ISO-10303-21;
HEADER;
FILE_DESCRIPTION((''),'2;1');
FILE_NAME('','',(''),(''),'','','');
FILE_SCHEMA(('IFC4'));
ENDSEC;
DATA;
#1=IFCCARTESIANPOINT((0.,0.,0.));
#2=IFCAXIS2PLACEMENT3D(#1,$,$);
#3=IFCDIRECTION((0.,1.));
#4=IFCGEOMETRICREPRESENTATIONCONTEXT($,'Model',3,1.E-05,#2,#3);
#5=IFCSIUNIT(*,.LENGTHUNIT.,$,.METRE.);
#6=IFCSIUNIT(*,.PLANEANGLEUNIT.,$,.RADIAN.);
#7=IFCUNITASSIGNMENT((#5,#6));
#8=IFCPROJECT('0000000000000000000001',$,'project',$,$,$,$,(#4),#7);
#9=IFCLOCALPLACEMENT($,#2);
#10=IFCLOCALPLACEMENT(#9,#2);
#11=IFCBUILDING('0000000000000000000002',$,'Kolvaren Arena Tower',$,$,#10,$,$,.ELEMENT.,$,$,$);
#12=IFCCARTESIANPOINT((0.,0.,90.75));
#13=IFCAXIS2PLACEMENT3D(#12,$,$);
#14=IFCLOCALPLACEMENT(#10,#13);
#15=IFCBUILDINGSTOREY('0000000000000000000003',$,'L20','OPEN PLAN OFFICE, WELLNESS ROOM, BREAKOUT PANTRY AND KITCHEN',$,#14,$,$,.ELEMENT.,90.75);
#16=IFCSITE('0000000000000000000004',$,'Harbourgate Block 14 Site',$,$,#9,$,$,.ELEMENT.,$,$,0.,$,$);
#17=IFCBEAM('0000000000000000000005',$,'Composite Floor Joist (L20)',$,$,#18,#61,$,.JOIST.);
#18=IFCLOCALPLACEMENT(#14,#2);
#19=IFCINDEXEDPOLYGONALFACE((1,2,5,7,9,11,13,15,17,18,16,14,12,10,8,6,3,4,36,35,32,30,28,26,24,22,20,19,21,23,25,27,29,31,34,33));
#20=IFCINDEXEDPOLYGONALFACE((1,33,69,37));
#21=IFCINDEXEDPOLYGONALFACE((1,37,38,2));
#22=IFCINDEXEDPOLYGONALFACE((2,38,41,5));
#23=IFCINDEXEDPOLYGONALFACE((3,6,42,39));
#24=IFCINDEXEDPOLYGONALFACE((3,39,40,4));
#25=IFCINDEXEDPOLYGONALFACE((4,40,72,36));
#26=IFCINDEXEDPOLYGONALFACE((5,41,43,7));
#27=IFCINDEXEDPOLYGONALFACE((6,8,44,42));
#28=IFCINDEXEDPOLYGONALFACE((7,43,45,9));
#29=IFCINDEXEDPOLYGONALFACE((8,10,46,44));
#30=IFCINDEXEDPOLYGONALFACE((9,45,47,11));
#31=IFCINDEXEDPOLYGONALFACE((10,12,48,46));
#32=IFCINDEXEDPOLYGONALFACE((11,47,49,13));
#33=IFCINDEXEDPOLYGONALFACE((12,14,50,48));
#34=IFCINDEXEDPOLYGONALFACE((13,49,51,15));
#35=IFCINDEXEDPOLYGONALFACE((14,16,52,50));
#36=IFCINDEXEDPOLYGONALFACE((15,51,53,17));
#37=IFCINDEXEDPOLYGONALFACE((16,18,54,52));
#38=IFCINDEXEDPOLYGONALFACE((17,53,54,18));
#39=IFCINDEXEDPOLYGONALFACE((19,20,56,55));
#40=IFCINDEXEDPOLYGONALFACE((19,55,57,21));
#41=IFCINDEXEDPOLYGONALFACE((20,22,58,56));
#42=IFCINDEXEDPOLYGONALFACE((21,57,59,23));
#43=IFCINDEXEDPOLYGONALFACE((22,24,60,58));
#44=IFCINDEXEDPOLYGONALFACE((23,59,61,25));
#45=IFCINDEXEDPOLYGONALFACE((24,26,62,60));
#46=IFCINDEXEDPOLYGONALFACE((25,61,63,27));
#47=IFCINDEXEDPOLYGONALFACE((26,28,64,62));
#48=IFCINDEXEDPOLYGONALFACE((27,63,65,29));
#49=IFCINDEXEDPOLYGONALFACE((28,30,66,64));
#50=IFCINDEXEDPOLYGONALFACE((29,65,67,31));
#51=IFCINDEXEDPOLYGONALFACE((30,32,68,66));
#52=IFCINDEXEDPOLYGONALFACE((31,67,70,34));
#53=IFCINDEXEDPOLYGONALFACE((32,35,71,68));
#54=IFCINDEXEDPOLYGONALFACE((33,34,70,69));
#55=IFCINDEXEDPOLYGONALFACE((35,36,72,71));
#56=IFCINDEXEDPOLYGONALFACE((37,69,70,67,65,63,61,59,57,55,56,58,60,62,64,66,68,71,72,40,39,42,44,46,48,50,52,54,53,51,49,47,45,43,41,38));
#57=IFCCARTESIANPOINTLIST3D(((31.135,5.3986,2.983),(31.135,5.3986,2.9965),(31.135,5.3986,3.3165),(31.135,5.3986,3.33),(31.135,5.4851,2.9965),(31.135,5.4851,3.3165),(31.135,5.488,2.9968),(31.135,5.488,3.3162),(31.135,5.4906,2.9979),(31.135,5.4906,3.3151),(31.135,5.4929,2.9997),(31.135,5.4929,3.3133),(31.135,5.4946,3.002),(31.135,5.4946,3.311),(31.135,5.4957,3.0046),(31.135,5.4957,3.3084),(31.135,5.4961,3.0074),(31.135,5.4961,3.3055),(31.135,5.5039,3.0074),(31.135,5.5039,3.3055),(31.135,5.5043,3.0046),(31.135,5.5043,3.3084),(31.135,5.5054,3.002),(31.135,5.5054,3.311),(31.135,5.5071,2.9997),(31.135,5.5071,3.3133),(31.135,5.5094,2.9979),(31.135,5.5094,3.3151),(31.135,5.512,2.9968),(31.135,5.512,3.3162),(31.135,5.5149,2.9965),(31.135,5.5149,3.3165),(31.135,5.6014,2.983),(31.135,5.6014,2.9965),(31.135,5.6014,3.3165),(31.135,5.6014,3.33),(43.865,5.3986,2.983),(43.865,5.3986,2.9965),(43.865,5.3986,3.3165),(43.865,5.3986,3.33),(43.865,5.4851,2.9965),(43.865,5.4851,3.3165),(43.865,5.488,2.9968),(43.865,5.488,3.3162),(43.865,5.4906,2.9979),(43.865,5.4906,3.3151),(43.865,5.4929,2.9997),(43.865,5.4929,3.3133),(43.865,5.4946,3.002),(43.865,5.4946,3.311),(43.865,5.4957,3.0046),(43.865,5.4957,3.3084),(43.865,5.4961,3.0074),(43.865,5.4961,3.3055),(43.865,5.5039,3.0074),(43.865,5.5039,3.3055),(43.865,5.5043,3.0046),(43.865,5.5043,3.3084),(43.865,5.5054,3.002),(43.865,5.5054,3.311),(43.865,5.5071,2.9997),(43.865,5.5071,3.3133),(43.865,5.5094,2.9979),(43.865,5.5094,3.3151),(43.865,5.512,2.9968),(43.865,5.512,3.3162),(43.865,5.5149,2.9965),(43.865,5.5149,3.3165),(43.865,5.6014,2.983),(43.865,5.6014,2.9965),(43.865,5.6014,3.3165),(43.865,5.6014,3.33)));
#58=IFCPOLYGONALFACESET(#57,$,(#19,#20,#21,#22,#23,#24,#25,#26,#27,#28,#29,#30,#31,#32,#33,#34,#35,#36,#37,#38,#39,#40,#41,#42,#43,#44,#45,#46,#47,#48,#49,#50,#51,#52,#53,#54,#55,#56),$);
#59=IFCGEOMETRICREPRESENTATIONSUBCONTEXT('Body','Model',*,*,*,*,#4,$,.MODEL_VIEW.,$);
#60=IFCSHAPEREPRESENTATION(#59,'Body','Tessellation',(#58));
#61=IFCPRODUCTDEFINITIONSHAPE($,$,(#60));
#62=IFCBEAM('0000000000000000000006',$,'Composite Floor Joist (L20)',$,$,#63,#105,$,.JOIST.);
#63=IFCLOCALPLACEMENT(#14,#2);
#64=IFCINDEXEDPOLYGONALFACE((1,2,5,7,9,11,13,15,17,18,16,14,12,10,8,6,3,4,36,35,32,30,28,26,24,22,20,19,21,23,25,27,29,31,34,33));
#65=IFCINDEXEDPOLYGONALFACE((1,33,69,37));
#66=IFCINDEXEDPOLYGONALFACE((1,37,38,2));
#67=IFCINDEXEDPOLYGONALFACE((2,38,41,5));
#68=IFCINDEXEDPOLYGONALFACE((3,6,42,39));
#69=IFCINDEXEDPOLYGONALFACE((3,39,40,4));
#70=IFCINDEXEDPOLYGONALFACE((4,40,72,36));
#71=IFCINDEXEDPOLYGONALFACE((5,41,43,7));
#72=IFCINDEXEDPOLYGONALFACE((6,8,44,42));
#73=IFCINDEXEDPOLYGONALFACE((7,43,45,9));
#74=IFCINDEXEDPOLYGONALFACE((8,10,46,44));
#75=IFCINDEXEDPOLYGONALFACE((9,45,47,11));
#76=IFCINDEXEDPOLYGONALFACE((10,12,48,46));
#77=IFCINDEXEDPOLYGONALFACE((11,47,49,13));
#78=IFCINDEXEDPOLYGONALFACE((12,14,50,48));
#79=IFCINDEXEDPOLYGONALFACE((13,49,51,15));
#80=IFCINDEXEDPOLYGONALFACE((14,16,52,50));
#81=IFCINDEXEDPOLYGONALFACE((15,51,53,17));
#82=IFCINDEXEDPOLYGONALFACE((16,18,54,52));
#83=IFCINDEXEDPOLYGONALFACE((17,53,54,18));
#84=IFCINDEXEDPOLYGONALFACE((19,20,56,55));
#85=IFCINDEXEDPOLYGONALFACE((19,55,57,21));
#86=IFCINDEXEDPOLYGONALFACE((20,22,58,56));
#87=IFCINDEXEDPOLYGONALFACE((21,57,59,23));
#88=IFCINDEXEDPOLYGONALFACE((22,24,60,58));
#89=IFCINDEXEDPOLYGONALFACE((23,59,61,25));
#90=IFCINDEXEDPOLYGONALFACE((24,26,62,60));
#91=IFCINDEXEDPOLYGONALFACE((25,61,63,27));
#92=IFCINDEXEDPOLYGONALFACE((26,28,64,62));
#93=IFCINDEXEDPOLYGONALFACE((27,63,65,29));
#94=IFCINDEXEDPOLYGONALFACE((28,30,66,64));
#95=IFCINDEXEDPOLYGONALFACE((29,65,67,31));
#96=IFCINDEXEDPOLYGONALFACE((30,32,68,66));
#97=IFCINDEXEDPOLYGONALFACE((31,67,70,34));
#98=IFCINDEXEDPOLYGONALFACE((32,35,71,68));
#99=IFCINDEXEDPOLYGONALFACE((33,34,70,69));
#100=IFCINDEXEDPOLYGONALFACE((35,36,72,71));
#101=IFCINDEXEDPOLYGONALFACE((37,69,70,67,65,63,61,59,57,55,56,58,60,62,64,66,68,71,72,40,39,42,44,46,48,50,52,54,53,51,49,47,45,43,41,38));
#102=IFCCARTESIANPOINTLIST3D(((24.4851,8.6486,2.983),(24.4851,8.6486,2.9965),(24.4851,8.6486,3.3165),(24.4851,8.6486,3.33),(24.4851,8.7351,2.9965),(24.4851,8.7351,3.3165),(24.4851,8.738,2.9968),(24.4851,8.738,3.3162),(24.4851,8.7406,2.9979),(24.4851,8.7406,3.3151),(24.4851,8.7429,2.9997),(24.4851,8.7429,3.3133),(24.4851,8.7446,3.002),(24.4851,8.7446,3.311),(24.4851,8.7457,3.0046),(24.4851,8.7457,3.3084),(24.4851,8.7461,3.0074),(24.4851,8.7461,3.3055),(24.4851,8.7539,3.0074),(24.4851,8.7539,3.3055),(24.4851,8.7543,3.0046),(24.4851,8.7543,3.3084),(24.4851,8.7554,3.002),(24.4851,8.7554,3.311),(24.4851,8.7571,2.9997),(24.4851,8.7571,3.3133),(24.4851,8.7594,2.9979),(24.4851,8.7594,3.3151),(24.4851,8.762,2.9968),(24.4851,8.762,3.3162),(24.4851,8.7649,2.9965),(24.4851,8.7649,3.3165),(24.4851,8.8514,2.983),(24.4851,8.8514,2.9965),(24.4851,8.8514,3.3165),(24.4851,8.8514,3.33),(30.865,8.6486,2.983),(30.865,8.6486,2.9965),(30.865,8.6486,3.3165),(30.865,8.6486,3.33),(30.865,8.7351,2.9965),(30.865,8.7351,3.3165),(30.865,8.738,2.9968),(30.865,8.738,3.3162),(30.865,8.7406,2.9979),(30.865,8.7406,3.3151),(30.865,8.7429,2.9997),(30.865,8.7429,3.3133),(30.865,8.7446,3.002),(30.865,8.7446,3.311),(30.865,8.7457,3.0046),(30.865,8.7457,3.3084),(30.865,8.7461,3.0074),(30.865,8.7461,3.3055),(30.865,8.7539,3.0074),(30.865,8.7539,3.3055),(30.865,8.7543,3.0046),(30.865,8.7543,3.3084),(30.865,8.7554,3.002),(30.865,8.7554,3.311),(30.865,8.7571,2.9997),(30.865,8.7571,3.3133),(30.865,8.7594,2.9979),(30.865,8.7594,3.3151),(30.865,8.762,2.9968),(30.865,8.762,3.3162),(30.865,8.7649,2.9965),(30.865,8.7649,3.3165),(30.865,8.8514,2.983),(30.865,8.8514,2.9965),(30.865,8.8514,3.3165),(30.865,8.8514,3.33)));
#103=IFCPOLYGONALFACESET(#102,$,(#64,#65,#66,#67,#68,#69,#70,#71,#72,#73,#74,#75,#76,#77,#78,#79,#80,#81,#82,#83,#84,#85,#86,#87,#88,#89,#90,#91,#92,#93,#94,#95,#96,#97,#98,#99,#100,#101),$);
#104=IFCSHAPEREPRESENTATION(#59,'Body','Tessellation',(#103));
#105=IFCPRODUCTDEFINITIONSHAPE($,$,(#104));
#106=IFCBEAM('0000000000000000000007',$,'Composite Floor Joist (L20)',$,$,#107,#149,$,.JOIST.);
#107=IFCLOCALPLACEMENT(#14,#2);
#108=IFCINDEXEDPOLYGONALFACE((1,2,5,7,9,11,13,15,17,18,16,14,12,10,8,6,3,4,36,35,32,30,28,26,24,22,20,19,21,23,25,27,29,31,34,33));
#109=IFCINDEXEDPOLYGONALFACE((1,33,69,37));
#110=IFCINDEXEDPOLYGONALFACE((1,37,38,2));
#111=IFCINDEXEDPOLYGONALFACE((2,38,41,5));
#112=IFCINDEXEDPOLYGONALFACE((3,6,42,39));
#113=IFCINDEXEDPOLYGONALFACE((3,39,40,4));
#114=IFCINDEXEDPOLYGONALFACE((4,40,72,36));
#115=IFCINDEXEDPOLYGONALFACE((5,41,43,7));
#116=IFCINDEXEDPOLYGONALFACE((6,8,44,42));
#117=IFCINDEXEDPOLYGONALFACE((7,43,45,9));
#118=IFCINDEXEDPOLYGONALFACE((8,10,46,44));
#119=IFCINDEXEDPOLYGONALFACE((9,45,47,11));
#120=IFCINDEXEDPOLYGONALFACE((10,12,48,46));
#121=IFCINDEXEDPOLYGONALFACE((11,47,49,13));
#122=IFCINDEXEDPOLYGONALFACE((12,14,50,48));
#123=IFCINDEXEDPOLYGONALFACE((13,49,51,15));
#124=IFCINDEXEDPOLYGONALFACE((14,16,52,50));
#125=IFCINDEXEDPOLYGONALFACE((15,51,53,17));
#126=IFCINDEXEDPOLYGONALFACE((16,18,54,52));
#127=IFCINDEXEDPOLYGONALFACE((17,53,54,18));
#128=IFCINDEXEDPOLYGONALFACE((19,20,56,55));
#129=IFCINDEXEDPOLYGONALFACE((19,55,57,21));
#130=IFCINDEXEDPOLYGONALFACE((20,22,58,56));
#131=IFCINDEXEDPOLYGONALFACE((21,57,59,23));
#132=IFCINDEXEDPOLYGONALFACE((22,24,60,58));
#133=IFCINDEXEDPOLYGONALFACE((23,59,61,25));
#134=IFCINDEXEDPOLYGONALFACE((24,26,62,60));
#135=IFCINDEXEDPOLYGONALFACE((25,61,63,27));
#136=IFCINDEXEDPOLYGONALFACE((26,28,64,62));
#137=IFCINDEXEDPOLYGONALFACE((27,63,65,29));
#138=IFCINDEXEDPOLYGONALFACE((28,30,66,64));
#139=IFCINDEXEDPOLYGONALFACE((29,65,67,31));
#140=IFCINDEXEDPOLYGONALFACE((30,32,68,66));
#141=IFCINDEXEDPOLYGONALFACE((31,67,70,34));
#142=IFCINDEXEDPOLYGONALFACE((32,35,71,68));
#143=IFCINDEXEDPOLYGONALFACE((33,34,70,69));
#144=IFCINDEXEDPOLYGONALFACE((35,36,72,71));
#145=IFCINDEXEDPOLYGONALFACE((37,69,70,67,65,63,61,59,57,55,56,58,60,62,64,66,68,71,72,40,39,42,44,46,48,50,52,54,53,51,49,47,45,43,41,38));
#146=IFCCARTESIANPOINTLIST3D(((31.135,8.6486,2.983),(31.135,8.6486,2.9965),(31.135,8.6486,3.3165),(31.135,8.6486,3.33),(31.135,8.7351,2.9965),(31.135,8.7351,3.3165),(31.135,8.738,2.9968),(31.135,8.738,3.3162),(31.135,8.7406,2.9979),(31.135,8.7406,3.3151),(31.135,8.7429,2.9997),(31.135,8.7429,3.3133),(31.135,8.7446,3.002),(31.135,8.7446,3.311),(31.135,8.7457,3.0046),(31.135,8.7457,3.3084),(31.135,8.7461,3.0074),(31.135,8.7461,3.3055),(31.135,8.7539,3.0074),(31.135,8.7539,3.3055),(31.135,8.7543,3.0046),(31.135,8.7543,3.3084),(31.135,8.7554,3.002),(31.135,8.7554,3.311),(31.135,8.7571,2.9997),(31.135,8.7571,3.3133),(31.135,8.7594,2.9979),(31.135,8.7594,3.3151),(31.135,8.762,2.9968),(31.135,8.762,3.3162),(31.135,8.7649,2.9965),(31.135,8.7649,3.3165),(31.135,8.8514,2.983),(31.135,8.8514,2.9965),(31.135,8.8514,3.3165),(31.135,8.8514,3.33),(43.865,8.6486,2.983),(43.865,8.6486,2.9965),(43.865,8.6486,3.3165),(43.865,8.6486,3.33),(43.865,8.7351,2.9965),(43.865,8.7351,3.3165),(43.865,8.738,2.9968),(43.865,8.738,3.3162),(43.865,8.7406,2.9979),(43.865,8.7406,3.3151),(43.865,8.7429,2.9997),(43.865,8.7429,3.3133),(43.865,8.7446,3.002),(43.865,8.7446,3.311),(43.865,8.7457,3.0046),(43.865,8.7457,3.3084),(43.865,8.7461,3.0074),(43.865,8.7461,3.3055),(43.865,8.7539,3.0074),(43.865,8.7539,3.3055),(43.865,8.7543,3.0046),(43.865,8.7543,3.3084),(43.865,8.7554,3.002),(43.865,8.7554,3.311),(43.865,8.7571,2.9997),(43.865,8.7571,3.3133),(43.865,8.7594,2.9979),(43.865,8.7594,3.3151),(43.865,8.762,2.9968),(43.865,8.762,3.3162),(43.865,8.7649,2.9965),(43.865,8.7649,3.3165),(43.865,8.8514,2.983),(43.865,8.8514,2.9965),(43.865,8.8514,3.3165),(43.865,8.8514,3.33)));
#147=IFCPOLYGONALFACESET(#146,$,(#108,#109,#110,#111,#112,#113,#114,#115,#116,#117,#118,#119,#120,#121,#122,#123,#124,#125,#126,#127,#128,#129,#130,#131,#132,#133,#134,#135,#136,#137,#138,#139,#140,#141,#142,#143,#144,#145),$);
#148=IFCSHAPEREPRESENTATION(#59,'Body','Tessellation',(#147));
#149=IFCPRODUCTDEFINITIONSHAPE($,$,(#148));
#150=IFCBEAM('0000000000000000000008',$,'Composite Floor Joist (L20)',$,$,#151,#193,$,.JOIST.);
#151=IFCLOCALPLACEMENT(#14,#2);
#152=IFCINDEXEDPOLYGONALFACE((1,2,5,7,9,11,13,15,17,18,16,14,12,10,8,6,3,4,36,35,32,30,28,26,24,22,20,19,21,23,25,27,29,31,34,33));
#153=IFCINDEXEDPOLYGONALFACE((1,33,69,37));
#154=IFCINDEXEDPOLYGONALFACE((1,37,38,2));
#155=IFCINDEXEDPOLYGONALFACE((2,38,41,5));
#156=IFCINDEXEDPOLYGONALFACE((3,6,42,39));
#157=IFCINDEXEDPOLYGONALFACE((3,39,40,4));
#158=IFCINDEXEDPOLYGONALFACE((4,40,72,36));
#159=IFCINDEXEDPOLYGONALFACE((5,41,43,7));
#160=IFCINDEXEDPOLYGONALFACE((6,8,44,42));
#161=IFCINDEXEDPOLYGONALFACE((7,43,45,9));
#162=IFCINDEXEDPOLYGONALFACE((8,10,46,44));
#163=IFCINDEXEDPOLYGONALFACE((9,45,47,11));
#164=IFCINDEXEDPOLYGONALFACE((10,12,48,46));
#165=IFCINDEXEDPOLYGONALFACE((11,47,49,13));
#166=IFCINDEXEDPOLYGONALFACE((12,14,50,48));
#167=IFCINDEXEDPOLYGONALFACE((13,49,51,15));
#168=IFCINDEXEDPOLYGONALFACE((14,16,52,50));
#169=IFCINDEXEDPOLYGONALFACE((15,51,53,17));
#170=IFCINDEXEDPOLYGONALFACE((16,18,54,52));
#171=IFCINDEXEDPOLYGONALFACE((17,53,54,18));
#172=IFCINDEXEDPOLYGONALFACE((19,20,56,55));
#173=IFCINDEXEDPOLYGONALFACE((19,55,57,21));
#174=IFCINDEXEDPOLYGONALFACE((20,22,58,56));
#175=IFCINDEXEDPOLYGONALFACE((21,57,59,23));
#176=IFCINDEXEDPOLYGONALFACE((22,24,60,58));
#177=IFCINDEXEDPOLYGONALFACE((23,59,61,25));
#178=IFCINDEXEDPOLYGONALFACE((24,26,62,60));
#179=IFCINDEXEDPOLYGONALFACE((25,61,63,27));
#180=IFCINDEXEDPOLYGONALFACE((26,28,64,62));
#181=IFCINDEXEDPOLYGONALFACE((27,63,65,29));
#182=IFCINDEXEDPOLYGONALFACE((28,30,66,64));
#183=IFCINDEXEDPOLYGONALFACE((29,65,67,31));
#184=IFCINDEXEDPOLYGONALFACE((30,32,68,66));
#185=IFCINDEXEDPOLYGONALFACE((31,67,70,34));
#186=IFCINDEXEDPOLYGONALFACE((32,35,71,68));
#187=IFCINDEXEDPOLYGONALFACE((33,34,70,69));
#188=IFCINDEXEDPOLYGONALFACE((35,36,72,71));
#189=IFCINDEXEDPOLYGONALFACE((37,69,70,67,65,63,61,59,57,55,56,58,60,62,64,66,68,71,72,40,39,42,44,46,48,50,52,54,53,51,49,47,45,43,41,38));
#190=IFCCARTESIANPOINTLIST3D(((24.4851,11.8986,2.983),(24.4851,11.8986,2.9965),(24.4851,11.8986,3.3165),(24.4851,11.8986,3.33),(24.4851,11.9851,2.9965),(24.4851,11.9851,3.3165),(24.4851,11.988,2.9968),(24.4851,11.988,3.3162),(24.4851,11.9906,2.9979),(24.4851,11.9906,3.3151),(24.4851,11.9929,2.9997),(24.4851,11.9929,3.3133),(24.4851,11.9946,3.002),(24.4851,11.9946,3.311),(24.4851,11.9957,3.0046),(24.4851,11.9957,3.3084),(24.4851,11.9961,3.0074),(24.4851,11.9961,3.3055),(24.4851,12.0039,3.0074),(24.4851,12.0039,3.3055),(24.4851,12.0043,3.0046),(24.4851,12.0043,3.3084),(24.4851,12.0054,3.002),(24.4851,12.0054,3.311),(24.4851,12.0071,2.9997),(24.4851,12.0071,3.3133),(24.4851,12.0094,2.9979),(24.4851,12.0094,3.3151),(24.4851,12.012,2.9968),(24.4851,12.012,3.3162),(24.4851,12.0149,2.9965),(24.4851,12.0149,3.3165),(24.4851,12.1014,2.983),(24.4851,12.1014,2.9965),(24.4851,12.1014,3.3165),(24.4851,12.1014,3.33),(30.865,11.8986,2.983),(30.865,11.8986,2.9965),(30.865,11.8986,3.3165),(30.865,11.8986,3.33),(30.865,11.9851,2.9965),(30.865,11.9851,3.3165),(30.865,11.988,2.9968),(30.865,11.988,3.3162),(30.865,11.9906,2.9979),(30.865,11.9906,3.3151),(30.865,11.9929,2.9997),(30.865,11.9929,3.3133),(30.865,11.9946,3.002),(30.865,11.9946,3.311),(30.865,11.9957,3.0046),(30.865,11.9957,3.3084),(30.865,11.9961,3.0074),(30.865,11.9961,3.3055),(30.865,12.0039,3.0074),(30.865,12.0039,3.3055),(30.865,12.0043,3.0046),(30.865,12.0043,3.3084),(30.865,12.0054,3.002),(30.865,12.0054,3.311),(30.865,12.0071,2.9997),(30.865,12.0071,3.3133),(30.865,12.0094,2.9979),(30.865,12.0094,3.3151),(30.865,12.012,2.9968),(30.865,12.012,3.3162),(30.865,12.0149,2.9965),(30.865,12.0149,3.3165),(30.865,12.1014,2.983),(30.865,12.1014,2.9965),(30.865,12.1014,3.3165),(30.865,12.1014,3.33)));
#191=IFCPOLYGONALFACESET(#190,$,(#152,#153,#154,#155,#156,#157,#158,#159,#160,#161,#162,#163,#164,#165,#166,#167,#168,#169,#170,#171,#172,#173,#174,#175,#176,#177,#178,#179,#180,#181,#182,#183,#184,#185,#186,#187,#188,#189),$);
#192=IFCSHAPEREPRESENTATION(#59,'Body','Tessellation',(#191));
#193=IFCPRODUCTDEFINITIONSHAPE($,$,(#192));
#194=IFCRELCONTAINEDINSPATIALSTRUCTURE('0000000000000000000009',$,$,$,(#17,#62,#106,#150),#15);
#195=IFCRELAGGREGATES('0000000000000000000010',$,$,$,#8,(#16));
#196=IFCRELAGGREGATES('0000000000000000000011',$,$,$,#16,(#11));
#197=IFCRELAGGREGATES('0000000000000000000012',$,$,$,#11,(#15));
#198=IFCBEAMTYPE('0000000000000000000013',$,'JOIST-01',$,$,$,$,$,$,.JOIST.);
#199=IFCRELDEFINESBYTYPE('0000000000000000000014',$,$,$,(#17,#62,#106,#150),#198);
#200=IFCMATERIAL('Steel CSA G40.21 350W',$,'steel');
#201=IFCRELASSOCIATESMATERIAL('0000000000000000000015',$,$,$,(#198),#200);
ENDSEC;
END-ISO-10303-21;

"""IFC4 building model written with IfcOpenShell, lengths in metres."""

from ifc_helpers import new_model, si_unit, direction, frame, origin, origin_2d, place, context, subcontext, project, spatial, i_section, extrude, material, material_profile, profile_set, type_object, element, save


model = new_model("IFC4")

# Units and contexts
model_context = context("Model", 3, precision=1e-05, world=origin(), true_north=direction((0.0, 1.0)))
body_context = subcontext(model_context, "Body", "Model", "MODEL_VIEW")
ifc_project = project(units=[si_unit("LENGTHUNIT", "METRE"), si_unit("PLANEANGLEUNIT", "RADIAN")], contexts=[model_context])

# Site, building, storey
site_placement = place(None, origin())
site = spatial("IfcSite", under=ifc_project, at=site_placement, Name="Harbourgate Block 14 Site", CompositionType="ELEMENT", RefElevation=0.0)
building_placement = place(site_placement, origin())
building = spatial("IfcBuilding", under=site, at=building_placement, Name="Kolvaren Arena Tower", CompositionType="ELEMENT")
storey_placement = place(building_placement, frame((0.0, 0.0, 90.75)))
storey = spatial("IfcBuildingStorey", under=building, at=storey_placement, Name="L20", Description="OPEN PLAN OFFICE, WELLNESS ROOM, BREAKOUT PANTRY AND KITCHEN", CompositionType="ELEMENT", Elevation=90.75)

# Beams
ifc_material_1 = material(Name="Steel CSA G40.21 350W", Category="steel")
ifc_material_profile_1 = material_profile(ifc_material_1, i_section(OverallWidth=0.2029, OverallDepth=0.3469, WebThickness=0.0078, FlangeThickness=0.0134, FilletRadius=0.011, at=origin_2d()), Name="W360x64")
ifc_profile_set_1 = profile_set([ifc_material_profile_1], Name="Steel CSA G40.21 350W")
beam_type_1 = type_object("IfcBeamType", Name="JOIST-01", PredefinedType="JOIST", material=ifc_profile_set_1)
beam_1_placement = place(storey_placement, frame((31.135, 5.5, 3.1565), z_axis=(1.0, 0.0, 0.0), x_axis=(0.0, 1.0, 0.0)))
element("IfcBeam", 1, at=beam_1_placement, inside=storey, type_object=beam_type_1, Name="Composite Floor Joist (L20)", PredefinedType="JOIST", context=body_context, shape_type="SweptSolid", body=[
    extrude(i_section(OverallWidth=0.2029, OverallDepth=0.3469, WebThickness=0.0078, FlangeThickness=0.0134, FilletRadius=0.011, at=origin_2d()), origin(), (0.0, 0.0, 1.0), 12.73),
])
beam_2_placement = place(storey_placement, frame((24.4851, 8.75, 3.1565), z_axis=(1.0, 0.0, 0.0), x_axis=(0.0, 1.0, 0.0)))
element("IfcBeam", 2, at=beam_2_placement, inside=storey, type_object=beam_type_1, Name="Composite Floor Joist (L20)", PredefinedType="JOIST", context=body_context, shape_type="SweptSolid", body=[
    extrude(i_section(OverallWidth=0.2029, OverallDepth=0.3469, WebThickness=0.0078, FlangeThickness=0.0134, FilletRadius=0.011, at=origin_2d()), origin(), (0.0, 0.0, 1.0), 6.3799),
])
beam_3_placement = place(storey_placement, frame((31.135, 8.75, 3.1565), z_axis=(1.0, 0.0, 0.0), x_axis=(0.0, 1.0, 0.0)))
element("IfcBeam", 3, at=beam_3_placement, inside=storey, type_object=beam_type_1, Name="Composite Floor Joist (L20)", PredefinedType="JOIST", context=body_context, shape_type="SweptSolid", body=[
    extrude(i_section(OverallWidth=0.2029, OverallDepth=0.3469, WebThickness=0.0078, FlangeThickness=0.0134, FilletRadius=0.011, at=origin_2d()), origin(), (0.0, 0.0, 1.0), 12.73),
])
beam_4_placement = place(storey_placement, frame((24.4851, 12.0, 3.1565), z_axis=(1.0, 0.0, 0.0), x_axis=(0.0, 1.0, 0.0)))
element("IfcBeam", 4, at=beam_4_placement, inside=storey, type_object=beam_type_1, Name="Composite Floor Joist (L20)", PredefinedType="JOIST", context=body_context, shape_type="SweptSolid", body=[
    extrude(i_section(OverallWidth=0.2029, OverallDepth=0.3469, WebThickness=0.0078, FlangeThickness=0.0134, FilletRadius=0.011, at=origin_2d()), origin(), (0.0, 0.0, 1.0), 6.3799),
])

save(model, "model.ifc")
